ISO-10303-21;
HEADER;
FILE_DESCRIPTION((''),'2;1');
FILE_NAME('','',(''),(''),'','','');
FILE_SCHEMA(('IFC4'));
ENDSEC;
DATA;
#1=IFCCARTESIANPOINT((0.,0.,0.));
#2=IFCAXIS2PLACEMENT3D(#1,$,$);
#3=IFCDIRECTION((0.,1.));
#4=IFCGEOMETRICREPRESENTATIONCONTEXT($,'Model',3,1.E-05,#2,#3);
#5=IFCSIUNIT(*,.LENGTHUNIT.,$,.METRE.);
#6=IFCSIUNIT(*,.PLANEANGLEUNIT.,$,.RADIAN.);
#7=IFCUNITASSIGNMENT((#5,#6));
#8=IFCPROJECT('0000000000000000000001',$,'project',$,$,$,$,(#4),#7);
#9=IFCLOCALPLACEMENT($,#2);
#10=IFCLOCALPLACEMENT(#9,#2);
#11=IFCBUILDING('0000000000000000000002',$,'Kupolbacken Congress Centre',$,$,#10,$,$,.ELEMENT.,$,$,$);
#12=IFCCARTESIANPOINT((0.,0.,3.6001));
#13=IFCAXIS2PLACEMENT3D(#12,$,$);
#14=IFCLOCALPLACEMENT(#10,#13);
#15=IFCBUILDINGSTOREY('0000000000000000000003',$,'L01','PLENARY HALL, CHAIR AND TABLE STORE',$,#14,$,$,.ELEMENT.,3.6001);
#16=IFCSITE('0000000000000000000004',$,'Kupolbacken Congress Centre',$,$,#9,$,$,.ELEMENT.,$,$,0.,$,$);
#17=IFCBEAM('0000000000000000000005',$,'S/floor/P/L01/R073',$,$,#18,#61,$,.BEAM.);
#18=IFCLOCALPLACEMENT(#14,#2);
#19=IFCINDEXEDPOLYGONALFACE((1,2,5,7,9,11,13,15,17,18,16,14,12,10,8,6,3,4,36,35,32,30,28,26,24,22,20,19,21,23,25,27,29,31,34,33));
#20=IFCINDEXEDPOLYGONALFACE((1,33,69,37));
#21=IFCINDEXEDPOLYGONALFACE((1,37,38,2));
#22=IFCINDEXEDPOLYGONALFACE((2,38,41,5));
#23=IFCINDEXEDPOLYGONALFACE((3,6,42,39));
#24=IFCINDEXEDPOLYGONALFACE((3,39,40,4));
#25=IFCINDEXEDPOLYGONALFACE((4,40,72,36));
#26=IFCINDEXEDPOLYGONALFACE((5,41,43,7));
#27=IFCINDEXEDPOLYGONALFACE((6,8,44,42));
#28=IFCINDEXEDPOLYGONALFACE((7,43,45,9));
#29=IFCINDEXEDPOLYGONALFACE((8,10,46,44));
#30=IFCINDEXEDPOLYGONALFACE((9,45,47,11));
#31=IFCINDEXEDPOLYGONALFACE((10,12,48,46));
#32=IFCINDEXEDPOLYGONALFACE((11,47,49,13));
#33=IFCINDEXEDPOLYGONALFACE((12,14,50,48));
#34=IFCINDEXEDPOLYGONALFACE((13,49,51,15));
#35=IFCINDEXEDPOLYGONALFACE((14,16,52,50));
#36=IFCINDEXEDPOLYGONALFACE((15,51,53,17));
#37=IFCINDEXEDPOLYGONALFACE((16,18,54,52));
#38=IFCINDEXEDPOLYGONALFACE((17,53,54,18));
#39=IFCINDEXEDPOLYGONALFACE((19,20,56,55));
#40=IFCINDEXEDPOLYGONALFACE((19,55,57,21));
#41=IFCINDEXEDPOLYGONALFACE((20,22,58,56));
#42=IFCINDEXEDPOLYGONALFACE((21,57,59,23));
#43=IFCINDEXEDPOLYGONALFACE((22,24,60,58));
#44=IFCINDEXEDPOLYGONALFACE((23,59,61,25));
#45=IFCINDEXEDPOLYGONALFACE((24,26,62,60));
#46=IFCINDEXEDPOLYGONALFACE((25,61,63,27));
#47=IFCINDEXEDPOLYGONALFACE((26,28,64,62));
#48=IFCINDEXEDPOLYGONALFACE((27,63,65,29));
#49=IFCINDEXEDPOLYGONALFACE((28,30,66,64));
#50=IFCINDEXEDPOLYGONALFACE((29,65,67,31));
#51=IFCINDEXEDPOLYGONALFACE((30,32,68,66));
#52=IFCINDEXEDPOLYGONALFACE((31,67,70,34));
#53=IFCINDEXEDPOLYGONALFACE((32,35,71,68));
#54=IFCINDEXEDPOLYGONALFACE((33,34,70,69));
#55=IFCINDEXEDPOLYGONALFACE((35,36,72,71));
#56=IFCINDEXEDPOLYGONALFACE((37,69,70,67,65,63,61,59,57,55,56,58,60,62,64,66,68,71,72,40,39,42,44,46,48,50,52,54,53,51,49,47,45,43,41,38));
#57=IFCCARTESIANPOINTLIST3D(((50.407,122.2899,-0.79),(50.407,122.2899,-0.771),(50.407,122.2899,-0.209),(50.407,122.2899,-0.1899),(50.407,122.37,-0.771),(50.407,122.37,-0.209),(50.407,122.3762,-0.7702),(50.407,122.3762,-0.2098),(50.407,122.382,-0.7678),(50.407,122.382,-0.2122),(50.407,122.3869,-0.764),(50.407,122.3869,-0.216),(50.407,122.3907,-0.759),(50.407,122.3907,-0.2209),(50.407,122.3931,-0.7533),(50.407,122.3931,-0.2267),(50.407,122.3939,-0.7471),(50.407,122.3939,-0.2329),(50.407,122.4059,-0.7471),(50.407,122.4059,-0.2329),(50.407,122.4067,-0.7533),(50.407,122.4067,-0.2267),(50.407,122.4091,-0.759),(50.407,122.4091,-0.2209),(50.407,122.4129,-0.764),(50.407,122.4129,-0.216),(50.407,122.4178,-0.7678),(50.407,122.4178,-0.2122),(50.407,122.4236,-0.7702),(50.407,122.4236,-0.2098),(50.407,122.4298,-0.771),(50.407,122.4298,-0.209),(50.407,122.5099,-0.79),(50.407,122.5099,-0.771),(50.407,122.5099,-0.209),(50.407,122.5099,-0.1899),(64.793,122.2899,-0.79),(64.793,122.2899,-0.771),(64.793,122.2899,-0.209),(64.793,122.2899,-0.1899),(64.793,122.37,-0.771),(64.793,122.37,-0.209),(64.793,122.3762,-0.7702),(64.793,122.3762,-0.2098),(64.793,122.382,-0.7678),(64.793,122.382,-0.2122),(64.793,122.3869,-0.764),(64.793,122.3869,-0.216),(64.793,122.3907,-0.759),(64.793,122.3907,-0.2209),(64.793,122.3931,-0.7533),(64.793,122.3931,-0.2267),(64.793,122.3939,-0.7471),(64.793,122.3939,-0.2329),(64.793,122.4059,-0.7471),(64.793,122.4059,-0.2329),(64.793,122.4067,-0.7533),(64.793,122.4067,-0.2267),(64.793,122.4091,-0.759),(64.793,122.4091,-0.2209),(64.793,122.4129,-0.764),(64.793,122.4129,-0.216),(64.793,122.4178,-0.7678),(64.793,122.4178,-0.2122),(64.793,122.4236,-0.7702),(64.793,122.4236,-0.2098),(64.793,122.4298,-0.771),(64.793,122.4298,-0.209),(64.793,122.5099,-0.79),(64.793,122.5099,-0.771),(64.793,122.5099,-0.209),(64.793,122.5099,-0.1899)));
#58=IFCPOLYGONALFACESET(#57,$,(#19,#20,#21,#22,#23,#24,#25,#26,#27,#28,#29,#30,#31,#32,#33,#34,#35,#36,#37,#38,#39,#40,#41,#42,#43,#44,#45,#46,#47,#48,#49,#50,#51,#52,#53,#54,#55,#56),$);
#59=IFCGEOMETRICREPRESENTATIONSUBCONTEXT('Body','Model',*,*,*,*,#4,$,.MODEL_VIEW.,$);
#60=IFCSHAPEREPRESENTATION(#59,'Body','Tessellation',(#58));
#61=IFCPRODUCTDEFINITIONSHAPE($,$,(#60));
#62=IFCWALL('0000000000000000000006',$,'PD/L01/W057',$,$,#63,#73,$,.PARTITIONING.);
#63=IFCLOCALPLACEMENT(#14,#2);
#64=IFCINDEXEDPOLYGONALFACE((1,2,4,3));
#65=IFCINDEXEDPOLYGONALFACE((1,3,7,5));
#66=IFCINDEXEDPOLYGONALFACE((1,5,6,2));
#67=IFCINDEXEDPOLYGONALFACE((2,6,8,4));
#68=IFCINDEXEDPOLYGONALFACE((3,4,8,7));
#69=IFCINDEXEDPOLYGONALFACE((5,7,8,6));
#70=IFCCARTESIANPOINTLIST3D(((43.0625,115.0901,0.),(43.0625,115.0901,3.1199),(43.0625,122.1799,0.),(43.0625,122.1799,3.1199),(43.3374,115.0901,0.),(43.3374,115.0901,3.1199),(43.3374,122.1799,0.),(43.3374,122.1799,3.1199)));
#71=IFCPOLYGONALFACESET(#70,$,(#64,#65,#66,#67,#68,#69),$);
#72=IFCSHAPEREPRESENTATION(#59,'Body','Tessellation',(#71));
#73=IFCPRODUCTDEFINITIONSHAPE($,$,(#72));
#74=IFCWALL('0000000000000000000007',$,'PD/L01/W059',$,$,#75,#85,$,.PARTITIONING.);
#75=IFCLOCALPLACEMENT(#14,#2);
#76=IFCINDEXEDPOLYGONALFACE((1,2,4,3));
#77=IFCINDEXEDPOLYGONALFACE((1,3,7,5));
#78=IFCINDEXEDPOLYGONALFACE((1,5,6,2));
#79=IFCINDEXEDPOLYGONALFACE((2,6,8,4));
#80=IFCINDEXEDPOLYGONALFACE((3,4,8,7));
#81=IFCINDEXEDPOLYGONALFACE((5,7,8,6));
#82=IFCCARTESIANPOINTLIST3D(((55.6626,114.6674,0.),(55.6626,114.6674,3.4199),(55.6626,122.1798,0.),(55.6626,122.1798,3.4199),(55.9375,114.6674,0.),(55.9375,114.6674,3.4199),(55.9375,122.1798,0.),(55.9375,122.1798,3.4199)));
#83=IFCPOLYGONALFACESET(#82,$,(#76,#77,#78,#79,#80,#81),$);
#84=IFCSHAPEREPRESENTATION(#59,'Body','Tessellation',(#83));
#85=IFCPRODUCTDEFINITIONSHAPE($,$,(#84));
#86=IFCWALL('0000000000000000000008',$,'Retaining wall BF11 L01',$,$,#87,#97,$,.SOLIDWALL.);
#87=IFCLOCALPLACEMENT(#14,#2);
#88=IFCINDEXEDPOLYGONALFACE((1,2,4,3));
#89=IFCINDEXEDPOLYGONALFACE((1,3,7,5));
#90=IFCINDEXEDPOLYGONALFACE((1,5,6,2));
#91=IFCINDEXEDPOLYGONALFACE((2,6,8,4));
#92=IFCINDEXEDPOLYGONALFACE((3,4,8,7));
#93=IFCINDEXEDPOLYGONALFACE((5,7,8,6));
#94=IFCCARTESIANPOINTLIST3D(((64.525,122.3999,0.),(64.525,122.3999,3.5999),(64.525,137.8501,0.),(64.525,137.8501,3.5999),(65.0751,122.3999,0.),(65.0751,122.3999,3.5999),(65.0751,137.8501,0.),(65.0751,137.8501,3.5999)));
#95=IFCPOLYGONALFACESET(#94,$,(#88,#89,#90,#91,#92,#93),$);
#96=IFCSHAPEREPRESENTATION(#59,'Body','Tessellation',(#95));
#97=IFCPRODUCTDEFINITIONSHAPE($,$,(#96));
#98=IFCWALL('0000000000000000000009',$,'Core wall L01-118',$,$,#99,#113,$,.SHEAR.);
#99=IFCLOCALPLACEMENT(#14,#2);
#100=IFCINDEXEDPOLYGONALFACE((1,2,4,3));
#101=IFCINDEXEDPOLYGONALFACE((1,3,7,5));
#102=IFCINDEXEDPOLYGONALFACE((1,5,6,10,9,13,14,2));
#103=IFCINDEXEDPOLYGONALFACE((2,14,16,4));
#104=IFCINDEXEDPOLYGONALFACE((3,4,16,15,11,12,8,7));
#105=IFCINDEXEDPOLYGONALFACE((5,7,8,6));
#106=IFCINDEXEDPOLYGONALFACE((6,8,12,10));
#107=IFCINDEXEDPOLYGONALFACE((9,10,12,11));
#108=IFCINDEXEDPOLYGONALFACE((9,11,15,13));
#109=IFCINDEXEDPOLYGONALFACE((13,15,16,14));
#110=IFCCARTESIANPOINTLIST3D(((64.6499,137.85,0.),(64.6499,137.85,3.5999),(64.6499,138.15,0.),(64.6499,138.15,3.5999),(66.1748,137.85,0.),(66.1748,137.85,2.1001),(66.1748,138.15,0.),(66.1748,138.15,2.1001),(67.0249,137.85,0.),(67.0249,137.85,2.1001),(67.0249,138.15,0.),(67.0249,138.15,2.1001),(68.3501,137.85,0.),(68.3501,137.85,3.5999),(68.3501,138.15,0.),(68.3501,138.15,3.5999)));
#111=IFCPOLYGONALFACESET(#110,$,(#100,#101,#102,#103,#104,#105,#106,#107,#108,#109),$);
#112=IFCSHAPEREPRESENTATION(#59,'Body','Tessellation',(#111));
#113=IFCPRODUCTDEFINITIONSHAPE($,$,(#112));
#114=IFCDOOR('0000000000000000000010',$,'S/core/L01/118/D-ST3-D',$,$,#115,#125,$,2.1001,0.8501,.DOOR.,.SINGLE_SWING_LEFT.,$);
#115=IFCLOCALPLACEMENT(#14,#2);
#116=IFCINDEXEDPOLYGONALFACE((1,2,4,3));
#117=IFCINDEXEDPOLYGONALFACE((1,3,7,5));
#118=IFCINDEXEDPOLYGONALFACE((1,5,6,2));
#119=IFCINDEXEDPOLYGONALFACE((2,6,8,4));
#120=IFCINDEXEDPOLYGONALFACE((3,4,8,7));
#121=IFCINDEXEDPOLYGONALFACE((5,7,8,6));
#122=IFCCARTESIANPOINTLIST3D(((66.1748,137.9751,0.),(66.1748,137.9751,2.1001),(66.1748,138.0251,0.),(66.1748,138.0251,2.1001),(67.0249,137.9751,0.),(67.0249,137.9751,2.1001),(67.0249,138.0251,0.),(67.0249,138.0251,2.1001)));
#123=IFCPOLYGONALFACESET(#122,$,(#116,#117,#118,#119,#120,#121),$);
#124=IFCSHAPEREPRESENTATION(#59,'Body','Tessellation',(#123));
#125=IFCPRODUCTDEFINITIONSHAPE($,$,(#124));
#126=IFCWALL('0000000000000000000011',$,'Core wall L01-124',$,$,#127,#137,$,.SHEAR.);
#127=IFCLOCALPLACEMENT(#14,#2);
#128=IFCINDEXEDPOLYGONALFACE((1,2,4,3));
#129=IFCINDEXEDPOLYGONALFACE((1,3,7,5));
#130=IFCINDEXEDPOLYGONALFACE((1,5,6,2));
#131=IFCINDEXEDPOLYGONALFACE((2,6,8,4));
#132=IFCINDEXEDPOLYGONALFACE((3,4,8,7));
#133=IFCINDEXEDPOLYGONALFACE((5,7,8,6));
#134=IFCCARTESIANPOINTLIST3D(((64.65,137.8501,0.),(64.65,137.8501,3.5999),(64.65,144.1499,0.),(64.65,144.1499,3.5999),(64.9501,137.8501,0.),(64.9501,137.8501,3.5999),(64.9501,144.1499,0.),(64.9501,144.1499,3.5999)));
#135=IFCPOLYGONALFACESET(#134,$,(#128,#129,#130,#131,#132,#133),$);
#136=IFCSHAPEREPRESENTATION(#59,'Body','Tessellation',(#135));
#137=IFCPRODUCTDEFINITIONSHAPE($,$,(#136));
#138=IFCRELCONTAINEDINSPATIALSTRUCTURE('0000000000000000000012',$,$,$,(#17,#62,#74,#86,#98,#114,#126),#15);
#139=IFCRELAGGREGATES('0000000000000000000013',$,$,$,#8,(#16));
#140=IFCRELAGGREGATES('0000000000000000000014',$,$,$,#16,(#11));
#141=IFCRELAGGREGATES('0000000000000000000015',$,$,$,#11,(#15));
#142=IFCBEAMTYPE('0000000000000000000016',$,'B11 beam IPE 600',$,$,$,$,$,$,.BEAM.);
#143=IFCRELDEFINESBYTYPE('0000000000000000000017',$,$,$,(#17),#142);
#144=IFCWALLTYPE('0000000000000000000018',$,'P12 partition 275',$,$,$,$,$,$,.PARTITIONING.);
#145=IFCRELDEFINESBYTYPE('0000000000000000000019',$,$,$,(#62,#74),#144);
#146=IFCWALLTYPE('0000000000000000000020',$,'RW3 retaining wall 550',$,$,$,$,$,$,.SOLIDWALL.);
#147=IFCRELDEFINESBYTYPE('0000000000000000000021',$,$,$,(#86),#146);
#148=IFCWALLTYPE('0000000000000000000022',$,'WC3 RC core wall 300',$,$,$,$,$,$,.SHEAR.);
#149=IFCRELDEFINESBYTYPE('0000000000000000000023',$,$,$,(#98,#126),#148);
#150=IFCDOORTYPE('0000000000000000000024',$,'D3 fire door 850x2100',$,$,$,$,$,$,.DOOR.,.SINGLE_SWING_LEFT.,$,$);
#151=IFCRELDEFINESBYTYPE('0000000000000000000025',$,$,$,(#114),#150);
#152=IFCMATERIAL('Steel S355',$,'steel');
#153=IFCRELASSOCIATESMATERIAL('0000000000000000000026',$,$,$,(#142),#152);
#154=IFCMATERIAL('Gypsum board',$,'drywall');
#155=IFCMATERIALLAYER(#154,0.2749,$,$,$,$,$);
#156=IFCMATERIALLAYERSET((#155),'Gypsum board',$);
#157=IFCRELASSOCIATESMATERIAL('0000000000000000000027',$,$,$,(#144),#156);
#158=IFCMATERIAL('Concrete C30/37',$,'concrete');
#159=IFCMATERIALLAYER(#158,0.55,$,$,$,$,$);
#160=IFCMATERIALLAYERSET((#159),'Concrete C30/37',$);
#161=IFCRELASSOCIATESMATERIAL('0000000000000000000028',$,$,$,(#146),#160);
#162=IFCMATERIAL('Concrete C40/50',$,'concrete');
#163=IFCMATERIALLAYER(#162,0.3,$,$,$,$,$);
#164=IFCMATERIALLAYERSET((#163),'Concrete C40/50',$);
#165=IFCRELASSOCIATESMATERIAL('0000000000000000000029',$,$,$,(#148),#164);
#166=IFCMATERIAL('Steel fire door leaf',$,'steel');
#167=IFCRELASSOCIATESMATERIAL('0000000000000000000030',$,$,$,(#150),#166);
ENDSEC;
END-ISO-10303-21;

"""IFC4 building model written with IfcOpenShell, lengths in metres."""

from ifc_helpers import new_model, si_unit, direction, frame, frame_2d, origin, origin_2d, place, context, subcontext, project, spatial, rectangle, i_section, extrude, material, layer, layer_set, material_profile, profile_set, type_object, element, fill, save


model = new_model("IFC4")

# Units and contexts
model_context = context("Model", 3, precision=1e-05, world=origin(), true_north=direction((0.0, 1.0)))
body_context = subcontext(model_context, "Body", "Model", "MODEL_VIEW")
ifc_project = project(units=[si_unit("LENGTHUNIT", "METRE"), si_unit("PLANEANGLEUNIT", "RADIAN")], contexts=[model_context])

# Site, building, storey
site_placement = place(None, origin())
site = spatial("IfcSite", under=ifc_project, at=site_placement, Name="Kupolbacken Congress Centre", CompositionType="ELEMENT", RefElevation=0.0)
building_placement = place(site_placement, origin())
building = spatial("IfcBuilding", under=site, at=building_placement, Name="Kupolbacken Congress Centre", CompositionType="ELEMENT")
storey_placement = place(building_placement, frame((0.0, 0.0, 3.6001)))
storey = spatial("IfcBuildingStorey", under=building, at=storey_placement, Name="L01", Description="PLENARY HALL, CHAIR AND TABLE STORE", CompositionType="ELEMENT", Elevation=3.6001)

# Beam
ifc_material_1 = material(Name="Steel S355", Category="steel")
ifc_material_profile_1 = material_profile(ifc_material_1, i_section(OverallWidth=0.22, OverallDepth=0.6001, WebThickness=0.012, FlangeThickness=0.019, FilletRadius=0.0239, at=origin_2d()), Name="IPE 600")
ifc_profile_set_1 = profile_set([ifc_material_profile_1], Name="Steel S355")
beam_type_1 = type_object("IfcBeamType", Name="B11 beam IPE 600", PredefinedType="BEAM", material=ifc_profile_set_1)
beam_1_placement = place(storey_placement, frame((50.407, 122.3999, -0.49), z_axis=(1.0, 0.0, 0.0), x_axis=(0.0, 1.0, 0.0)))
element("IfcBeam", 1, at=beam_1_placement, inside=storey, type_object=beam_type_1, Name="S/floor/P/L01/R073", PredefinedType="BEAM", context=body_context, shape_type="SweptSolid", body=[
    extrude(i_section(OverallWidth=0.22, OverallDepth=0.6001, WebThickness=0.012, FlangeThickness=0.019, FilletRadius=0.0239, at=origin_2d()), origin(), (0.0, 0.0, 1.0), 14.386),
])

# Walls
ifc_material_2 = material(Name="Gypsum board", Category="drywall")
ifc_layer_1 = layer(ifc_material_2, 0.2749)
ifc_layer_set_1 = layer_set([ifc_layer_1], Name="Gypsum board")
wall_type_1 = type_object("IfcWallType", Name="P12 partition 275", PredefinedType="PARTITIONING", material=ifc_layer_set_1)
wall_1_placement = place(storey_placement, frame((43.2, 122.1799, 0.0), z_axis=(0.0, 0.0, 1.0), x_axis=(0.0, -1.0, 0.0)))
element("IfcWall", 2, at=wall_1_placement, inside=storey, type_object=wall_type_1, Name="PD/L01/W057", PredefinedType="PARTITIONING", context=body_context, shape_type="SweptSolid", body=[
    extrude(rectangle(XDim=7.0898, YDim=0.2749, at=frame_2d((3.5449, 0.0))), origin(), (0.0, 0.0, 1.0), 3.1199),
])
wall_2_placement = place(storey_placement, frame((55.8, 122.1799, 0.0), z_axis=(0.0, 0.0, 1.0), x_axis=(0.0, -1.0, 0.0)))
element("IfcWall", 3, at=wall_2_placement, inside=storey, type_object=wall_type_1, Name="PD/L01/W059", PredefinedType="PARTITIONING", context=body_context, shape_type="SweptSolid", body=[
    extrude(rectangle(XDim=7.5125, YDim=0.2749, at=frame_2d((3.7563, 0.0))), origin(), (0.0, 0.0, 1.0), 3.4199),
])
ifc_material_3 = material(Name="Concrete C30/37", Category="concrete")
ifc_layer_2 = layer(ifc_material_3, 0.55)
ifc_layer_set_2 = layer_set([ifc_layer_2], Name="Concrete C30/37")
wall_type_2 = type_object("IfcWallType", Name="RW3 retaining wall 550", PredefinedType="SOLIDWALL", material=ifc_layer_set_2)
wall_3_placement = place(storey_placement, frame((64.8, 122.3999, 0.0), z_axis=(0.0, 0.0, 1.0), x_axis=(0.0, 1.0, 0.0)))
element("IfcWall", 4, at=wall_3_placement, inside=storey, type_object=wall_type_2, Name="Retaining wall BF11 L01", PredefinedType="SOLIDWALL", context=body_context, shape_type="SweptSolid", body=[
    extrude(rectangle(XDim=15.4502, YDim=0.55, at=frame_2d((7.7251, 0.0))), origin(), (0.0, 0.0, 1.0), 3.5999),
])

# Wall, opening, door
ifc_material_4 = material(Name="Concrete C40/50", Category="concrete")
ifc_layer_3 = layer(ifc_material_4, 0.3)
ifc_layer_set_3 = layer_set([ifc_layer_3], Name="Concrete C40/50")
wall_type_3 = type_object("IfcWallType", Name="WC3 RC core wall 300", PredefinedType="SHEAR", material=ifc_layer_set_3)
wall_4_placement = place(storey_placement, frame((64.6499, 138.0, 0.0), z_axis=(0.0, 0.0, 1.0), x_axis=(1.0, 0.0, 0.0)))
wall_4 = element("IfcWall", 5, at=wall_4_placement, inside=storey, type_object=wall_type_3, Name="Core wall L01-118", PredefinedType="SHEAR", context=body_context, shape_type="SweptSolid", body=[
    extrude(rectangle(XDim=3.7002, YDim=0.3, at=frame_2d((1.8501, 0.0))), origin(), (0.0, 0.0, 1.0), 3.5999),
])
opening_placement = place(wall_4_placement, frame((1.5249, 0.0, 0.0)))
opening = element("IfcOpeningElement", 6, at=opening_placement, cuts=wall_4, PredefinedType="OPENING", context=body_context, shape_type="SweptSolid", body=[
    extrude(rectangle(XDim=0.8501, YDim=2.1001, at=frame_2d((0.425, 1.05))), frame((0.0, 0.1599, 0.0), z_axis=(0.0, -1.0, 0.0), x_axis=(1.0, 0.0, 0.0)), (0.0, 0.0, 1.0), 0.3201),
])
ifc_material_5 = material(Name="Steel fire door leaf", Category="steel")
door_type = type_object("IfcDoorType", Name="D3 fire door 850x2100", OperationType="SINGLE_SWING_LEFT", PredefinedType="DOOR", material=ifc_material_5)
door_placement = place(opening_placement, frame((0.8501, 0.0, 0.0), z_axis=(0.0, 0.0, 1.0), x_axis=(-1.0, 0.0, 0.0)))
door = element("IfcDoor", 7, at=door_placement, inside=storey, type_object=door_type, Name="S/core/L01/118/D-ST3-D", OperationType="SINGLE_SWING_LEFT", OverallHeight=2.1001, OverallWidth=0.8501, PredefinedType="DOOR", context=body_context, shape_type="SweptSolid", body=[
    extrude(rectangle(XDim=0.8501, YDim=2.1001, at=frame_2d((0.425, 1.05))), frame((0.0, 0.0249, 0.0), z_axis=(0.0, -1.0, 0.0), x_axis=(1.0, 0.0, 0.0)), (0.0, 0.0, 1.0), 0.05),
])
fill(opening, door)

# Wall
wall_5_placement = place(storey_placement, frame((64.8, 144.1499, 0.0), z_axis=(0.0, 0.0, 1.0), x_axis=(0.0, -1.0, 0.0)))
element("IfcWall", 8, at=wall_5_placement, inside=storey, type_object=wall_type_3, Name="Core wall L01-124", PredefinedType="SHEAR", context=body_context, shape_type="SweptSolid", body=[
    extrude(rectangle(XDim=6.2998, YDim=0.3, at=frame_2d((3.1499, 0.0))), origin(), (0.0, 0.0, 1.0), 3.5999),
])

save(model, "model.ifc")
